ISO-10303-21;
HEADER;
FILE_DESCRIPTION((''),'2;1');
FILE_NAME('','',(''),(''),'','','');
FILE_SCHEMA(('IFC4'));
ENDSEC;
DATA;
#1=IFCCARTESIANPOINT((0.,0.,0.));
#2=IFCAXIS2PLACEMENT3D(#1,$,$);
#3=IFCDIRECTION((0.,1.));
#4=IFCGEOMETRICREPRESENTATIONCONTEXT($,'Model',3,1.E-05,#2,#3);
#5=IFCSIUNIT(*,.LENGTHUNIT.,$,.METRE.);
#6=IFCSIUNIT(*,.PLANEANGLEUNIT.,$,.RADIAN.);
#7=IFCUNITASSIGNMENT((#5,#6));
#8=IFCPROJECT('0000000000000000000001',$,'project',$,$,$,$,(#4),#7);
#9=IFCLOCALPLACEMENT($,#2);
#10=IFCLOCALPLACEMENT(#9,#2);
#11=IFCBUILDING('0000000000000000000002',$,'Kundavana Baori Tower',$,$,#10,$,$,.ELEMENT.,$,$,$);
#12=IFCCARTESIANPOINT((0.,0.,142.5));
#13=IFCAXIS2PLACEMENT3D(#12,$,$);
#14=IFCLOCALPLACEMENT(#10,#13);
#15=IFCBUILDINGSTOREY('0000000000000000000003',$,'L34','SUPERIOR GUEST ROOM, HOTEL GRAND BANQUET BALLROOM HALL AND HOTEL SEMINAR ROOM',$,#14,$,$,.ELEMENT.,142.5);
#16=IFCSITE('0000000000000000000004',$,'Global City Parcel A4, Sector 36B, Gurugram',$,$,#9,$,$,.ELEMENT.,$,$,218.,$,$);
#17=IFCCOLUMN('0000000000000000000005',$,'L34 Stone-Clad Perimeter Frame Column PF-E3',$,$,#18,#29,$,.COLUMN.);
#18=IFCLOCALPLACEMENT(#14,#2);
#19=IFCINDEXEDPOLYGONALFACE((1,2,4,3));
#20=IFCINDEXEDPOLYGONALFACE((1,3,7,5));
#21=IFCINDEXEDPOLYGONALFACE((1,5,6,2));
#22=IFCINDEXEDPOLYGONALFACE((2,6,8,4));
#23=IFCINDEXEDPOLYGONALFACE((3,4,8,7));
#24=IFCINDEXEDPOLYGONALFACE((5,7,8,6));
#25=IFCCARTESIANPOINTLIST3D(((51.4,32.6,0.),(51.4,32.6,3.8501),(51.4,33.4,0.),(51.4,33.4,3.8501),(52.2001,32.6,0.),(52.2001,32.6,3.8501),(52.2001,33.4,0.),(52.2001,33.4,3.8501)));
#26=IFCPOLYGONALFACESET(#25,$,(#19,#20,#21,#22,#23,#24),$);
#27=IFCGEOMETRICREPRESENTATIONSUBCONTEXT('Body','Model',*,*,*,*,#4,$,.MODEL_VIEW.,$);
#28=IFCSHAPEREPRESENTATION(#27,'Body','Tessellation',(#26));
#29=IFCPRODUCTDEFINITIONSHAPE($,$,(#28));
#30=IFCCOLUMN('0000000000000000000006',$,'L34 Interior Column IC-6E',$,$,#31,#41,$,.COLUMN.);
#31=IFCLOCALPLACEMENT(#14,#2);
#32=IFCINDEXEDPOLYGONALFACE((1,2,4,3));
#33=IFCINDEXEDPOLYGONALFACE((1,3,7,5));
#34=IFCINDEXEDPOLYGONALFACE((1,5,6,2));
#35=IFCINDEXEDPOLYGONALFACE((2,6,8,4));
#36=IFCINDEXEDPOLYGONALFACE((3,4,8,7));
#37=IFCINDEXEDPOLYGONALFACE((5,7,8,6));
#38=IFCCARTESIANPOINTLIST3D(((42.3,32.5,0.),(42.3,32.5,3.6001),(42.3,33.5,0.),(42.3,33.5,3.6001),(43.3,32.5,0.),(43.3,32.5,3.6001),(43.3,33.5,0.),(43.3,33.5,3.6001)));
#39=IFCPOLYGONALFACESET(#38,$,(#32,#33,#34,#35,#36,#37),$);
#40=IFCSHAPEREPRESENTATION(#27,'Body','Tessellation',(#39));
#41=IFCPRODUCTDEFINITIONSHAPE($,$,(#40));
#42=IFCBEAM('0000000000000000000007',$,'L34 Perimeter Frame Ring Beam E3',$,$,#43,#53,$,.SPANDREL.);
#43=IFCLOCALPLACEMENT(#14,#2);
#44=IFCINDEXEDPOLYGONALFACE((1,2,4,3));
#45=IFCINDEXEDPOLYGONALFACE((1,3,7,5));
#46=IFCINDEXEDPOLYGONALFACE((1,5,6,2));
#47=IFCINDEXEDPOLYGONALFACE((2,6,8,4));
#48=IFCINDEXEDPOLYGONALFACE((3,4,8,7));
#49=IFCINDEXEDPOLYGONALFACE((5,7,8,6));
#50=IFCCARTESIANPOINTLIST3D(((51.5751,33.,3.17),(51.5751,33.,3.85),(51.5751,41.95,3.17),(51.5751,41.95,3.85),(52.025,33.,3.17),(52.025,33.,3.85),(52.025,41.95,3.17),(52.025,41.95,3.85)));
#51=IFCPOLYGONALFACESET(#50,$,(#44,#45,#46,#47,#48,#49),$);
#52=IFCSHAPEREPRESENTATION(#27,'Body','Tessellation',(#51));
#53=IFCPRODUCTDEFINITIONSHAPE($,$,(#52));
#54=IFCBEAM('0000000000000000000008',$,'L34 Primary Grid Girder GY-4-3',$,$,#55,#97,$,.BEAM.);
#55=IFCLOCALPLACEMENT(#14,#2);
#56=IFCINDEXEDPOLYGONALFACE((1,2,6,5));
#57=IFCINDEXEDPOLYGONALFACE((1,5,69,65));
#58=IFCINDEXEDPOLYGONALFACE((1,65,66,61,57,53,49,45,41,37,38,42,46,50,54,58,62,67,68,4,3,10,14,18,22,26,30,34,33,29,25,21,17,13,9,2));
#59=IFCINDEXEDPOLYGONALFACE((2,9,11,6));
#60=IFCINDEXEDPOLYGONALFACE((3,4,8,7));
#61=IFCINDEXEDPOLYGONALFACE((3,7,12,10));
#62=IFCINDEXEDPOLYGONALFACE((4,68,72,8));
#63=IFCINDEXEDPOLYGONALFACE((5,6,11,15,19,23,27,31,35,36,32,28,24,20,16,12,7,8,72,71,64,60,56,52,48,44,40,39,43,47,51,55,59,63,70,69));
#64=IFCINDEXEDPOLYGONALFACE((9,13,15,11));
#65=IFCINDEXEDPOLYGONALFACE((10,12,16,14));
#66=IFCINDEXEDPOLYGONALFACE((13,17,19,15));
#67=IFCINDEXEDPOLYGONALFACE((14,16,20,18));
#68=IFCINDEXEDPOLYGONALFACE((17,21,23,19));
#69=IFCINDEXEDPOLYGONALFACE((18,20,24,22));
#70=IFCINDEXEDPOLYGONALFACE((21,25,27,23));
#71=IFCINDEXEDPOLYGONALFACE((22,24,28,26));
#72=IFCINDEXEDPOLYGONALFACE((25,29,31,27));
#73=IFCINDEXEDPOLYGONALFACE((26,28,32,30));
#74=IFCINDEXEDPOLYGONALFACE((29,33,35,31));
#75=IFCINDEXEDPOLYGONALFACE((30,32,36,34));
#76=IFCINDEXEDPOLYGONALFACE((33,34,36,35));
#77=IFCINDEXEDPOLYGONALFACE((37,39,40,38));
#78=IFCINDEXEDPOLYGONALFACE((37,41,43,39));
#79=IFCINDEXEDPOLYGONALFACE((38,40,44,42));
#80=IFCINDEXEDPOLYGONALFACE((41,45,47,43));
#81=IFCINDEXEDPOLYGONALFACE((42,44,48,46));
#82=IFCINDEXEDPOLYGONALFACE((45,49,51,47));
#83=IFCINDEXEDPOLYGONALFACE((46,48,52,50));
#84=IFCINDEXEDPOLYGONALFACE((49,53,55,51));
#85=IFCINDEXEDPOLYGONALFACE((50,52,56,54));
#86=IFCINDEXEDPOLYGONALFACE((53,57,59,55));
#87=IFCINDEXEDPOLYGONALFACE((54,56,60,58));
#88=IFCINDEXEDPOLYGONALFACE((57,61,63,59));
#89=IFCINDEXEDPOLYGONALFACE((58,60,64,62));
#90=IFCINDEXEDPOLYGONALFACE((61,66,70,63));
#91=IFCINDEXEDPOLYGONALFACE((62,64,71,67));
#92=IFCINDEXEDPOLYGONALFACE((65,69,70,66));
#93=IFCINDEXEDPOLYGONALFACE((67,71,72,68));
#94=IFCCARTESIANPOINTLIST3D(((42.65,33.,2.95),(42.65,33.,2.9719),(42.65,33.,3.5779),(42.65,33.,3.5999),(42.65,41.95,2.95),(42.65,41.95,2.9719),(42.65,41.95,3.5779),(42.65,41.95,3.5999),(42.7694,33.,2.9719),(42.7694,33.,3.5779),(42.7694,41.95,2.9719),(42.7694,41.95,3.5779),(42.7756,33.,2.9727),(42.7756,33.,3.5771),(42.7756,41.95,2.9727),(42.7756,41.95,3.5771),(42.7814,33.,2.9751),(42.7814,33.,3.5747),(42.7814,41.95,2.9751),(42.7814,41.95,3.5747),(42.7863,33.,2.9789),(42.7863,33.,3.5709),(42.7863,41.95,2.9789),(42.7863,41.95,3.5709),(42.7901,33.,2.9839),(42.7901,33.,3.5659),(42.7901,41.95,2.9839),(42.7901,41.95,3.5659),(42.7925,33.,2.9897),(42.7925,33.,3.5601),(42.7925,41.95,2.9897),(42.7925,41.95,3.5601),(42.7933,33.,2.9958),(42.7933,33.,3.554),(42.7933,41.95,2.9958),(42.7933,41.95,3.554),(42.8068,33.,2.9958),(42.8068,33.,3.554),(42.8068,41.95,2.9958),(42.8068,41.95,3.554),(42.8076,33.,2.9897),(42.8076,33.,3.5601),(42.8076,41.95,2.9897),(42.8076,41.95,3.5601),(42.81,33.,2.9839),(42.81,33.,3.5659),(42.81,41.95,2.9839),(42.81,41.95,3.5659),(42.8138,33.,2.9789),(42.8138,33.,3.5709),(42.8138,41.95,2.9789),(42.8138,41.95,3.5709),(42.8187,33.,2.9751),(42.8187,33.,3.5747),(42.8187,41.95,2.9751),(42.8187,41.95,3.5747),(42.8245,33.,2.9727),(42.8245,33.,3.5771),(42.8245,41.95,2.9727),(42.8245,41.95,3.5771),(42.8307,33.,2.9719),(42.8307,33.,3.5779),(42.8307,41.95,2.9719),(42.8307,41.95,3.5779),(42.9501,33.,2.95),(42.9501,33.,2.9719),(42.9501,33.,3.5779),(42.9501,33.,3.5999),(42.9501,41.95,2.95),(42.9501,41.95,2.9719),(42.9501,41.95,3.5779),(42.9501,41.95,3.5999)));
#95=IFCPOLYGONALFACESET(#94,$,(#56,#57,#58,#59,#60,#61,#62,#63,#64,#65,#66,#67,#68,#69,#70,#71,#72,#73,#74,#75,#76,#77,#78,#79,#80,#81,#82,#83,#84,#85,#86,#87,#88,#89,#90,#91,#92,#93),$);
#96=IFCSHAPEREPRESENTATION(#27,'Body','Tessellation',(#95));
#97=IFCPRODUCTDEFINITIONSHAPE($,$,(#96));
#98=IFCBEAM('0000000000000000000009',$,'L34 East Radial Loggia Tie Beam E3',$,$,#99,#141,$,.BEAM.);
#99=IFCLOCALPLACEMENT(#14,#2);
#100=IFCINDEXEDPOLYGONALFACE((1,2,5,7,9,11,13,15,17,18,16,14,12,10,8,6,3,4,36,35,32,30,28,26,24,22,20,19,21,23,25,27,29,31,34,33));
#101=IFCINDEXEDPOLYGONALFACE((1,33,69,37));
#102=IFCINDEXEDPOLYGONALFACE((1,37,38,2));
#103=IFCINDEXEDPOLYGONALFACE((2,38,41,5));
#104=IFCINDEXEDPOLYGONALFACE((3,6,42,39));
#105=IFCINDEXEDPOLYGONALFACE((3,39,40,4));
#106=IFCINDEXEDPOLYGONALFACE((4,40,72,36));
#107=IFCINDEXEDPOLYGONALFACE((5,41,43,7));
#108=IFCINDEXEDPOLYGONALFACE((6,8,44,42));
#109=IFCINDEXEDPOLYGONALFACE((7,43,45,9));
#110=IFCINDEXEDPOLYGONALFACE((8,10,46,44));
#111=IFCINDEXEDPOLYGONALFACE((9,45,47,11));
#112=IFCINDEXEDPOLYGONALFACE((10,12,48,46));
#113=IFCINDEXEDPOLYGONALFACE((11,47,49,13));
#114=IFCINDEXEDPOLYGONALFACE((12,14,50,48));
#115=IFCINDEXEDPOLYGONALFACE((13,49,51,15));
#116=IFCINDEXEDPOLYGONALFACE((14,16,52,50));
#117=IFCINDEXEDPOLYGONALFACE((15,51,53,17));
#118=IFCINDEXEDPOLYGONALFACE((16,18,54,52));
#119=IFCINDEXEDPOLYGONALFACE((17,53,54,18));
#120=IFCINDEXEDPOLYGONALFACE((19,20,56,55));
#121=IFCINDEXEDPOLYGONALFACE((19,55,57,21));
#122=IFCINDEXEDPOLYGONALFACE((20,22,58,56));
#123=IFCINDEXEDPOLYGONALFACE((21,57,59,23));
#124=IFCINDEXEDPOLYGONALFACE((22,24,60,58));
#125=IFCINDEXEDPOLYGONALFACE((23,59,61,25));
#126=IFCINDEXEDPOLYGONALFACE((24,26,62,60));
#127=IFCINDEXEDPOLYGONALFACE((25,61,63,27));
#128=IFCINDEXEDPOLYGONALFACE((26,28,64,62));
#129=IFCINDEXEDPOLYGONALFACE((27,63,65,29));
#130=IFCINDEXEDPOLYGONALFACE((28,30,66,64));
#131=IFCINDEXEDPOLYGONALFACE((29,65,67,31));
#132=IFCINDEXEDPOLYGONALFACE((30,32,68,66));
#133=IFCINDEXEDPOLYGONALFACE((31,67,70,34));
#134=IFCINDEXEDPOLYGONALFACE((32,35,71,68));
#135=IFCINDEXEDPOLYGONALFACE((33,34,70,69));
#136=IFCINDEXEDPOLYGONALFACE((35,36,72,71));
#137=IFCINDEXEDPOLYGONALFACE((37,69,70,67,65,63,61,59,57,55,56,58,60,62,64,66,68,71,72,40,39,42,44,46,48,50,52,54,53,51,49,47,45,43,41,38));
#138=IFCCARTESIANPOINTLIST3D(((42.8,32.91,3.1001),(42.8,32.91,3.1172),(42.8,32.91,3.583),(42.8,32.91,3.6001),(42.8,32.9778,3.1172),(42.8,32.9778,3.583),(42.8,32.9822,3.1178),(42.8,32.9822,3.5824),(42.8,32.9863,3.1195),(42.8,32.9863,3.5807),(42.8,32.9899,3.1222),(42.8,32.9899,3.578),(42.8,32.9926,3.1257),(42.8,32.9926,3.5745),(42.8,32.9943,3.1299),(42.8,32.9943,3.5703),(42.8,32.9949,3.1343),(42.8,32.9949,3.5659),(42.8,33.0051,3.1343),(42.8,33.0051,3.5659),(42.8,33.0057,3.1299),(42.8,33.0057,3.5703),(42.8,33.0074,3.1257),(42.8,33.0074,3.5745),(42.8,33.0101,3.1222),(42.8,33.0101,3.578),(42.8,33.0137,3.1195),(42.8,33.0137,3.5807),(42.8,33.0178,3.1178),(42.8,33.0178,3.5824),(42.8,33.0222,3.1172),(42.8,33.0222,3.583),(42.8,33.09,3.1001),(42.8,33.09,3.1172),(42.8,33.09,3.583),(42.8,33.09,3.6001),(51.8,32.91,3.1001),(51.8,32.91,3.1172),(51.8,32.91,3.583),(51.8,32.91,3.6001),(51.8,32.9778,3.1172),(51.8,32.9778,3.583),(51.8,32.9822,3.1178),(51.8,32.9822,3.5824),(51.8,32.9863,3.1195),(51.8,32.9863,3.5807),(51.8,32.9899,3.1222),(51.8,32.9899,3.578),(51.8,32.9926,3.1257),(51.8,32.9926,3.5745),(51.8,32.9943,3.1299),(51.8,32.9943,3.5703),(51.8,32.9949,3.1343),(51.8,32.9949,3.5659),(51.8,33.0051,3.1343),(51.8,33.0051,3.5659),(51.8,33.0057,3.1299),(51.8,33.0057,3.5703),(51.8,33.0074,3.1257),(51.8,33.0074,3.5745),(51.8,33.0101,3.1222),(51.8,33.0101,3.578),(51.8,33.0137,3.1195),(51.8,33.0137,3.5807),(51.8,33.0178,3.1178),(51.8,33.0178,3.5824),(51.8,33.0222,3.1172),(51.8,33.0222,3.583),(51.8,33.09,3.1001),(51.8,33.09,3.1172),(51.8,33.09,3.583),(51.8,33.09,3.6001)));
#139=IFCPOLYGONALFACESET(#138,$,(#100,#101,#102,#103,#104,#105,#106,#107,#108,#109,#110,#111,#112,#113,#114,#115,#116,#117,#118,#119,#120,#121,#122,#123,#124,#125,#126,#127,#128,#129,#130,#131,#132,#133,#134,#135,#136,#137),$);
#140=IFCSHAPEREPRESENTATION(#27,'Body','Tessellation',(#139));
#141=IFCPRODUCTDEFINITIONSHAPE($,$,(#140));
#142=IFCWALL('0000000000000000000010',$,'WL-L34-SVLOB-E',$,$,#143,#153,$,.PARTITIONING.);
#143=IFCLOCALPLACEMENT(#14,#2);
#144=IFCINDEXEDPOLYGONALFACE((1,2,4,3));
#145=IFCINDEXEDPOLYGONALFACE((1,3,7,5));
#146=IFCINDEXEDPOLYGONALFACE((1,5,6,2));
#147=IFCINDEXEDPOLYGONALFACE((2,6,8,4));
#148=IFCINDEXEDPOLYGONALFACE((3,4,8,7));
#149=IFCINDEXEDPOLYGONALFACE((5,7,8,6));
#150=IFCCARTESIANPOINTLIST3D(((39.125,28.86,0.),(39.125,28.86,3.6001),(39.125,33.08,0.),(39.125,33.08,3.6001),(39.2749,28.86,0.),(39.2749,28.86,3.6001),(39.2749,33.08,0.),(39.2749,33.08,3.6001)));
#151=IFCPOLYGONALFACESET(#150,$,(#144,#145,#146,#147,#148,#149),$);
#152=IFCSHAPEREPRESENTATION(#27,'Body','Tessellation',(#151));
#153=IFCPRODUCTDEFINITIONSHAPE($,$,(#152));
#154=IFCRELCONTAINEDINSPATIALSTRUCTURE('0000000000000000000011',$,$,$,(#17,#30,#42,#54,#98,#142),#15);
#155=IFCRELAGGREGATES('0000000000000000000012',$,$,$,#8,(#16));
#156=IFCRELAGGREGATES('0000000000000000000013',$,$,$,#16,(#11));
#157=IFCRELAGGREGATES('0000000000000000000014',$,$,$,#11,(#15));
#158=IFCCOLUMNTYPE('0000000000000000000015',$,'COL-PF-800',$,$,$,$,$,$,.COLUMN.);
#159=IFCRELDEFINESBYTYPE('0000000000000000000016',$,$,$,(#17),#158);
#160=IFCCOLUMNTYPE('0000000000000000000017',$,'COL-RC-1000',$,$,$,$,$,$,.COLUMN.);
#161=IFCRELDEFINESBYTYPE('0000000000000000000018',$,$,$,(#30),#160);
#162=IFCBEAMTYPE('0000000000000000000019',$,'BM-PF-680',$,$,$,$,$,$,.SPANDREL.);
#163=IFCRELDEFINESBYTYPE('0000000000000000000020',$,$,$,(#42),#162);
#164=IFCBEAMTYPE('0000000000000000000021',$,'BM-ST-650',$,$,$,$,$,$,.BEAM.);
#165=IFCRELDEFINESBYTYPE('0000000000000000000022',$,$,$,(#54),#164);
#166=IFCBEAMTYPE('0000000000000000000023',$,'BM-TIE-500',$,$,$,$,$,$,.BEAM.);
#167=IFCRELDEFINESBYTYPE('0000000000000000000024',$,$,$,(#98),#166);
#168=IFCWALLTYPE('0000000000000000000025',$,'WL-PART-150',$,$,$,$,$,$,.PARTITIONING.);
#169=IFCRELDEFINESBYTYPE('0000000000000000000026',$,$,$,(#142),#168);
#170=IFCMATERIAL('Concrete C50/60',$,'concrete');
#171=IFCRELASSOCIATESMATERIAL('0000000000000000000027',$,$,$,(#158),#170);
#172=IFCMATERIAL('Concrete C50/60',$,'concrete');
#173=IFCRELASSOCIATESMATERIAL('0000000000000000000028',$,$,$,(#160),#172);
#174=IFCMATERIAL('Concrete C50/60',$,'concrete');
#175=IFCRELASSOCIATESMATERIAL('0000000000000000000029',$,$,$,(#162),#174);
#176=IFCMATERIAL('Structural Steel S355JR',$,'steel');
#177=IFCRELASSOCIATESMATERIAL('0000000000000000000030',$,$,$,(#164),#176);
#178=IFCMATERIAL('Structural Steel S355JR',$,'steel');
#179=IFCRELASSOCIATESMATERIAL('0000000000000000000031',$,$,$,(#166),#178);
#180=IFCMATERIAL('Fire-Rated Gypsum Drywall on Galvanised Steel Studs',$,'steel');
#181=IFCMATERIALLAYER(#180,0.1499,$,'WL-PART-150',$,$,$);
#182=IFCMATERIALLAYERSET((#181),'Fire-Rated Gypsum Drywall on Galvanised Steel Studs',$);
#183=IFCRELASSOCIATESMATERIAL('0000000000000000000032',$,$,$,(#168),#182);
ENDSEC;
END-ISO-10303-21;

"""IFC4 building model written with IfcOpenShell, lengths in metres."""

from ifc_helpers import new_model, si_unit, direction, frame, frame_2d, origin, origin_2d, place, context, subcontext, project, spatial, rectangle, i_section, extrude, material, layer, layer_set, material_profile, profile_set, type_object, element, save


model = new_model("IFC4")

# Units and contexts
model_context = context("Model", 3, precision=1e-05, world=origin(), true_north=direction((0.0, 1.0)))
body_context = subcontext(model_context, "Body", "Model", "MODEL_VIEW")
ifc_project = project(units=[si_unit("LENGTHUNIT", "METRE"), si_unit("PLANEANGLEUNIT", "RADIAN")], contexts=[model_context])

# Site, building, storey
site_placement = place(None, origin())
site = spatial("IfcSite", under=ifc_project, at=site_placement, Name="Global City Parcel A4, Sector 36B, Gurugram", CompositionType="ELEMENT", RefElevation=218.0)
building_placement = place(site_placement, origin())
building = spatial("IfcBuilding", under=site, at=building_placement, Name="Kundavana Baori Tower", CompositionType="ELEMENT")
storey_placement = place(building_placement, frame((0.0, 0.0, 142.5)))
storey = spatial("IfcBuildingStorey", under=building, at=storey_placement, Name="L34", Description="SUPERIOR GUEST ROOM, HOTEL GRAND BANQUET BALLROOM HALL AND HOTEL SEMINAR ROOM", CompositionType="ELEMENT", Elevation=142.5)

# Columns
ifc_material_1 = material(Name="Concrete C50/60", Category="concrete")
ifc_material_profile_1 = material_profile(ifc_material_1, rectangle(XDim=0.8, YDim=0.8, at=origin_2d()), Name="RC PF 800x800")
ifc_profile_set_1 = profile_set([ifc_material_profile_1], Name="Concrete C50/60")
column_type_1 = type_object("IfcColumnType", Name="COL-PF-800", PredefinedType="COLUMN", material=ifc_profile_set_1)
column_1_placement = place(storey_placement, frame((51.8, 33.0, 0.0), z_axis=(0.0, 0.0, 1.0), x_axis=(1.0, 0.0, 0.0)))
element("IfcColumn", 1, at=column_1_placement, inside=storey, type_object=column_type_1, Name="L34 Stone-Clad Perimeter Frame Column PF-E3", PredefinedType="COLUMN", context=body_context, shape_type="SweptSolid", body=[
    extrude(rectangle(XDim=0.8, YDim=0.8, at=origin_2d()), origin(), (0.0, 0.0, 1.0), 3.8501),
])
ifc_material_2 = material(Name="Concrete C50/60", Category="concrete")
ifc_material_profile_2 = material_profile(ifc_material_2, rectangle(XDim=1.0, YDim=1.0, at=origin_2d()), Name="RC 1000x1000")
ifc_profile_set_2 = profile_set([ifc_material_profile_2], Name="Concrete C50/60")
column_type_2 = type_object("IfcColumnType", Name="COL-RC-1000", PredefinedType="COLUMN", material=ifc_profile_set_2)
column_2_placement = place(storey_placement, frame((42.8, 33.0, 0.0), z_axis=(0.0, 0.0, 1.0), x_axis=(1.0, 0.0, 0.0)))
element("IfcColumn", 2, at=column_2_placement, inside=storey, type_object=column_type_2, Name="L34 Interior Column IC-6E", PredefinedType="COLUMN", context=body_context, shape_type="SweptSolid", body=[
    extrude(rectangle(XDim=1.0, YDim=1.0, at=origin_2d()), origin(), (0.0, 0.0, 1.0), 3.6001),
])

# Beams
ifc_material_3 = material(Name="Concrete C50/60", Category="concrete")
ifc_material_profile_3 = material_profile(ifc_material_3, rectangle(XDim=0.45, YDim=0.6799, at=origin_2d()), Name="RC BM 450x680")
ifc_profile_set_3 = profile_set([ifc_material_profile_3], Name="Concrete C50/60")
beam_type_1 = type_object("IfcBeamType", Name="BM-PF-680", PredefinedType="SPANDREL", material=ifc_profile_set_3)
beam_1_placement = place(storey_placement, frame((51.8, 33.0, 3.51), z_axis=(0.0, 1.0, 0.0), x_axis=(-1.0, 0.0, 0.0)))
element("IfcBeam", 3, at=beam_1_placement, inside=storey, type_object=beam_type_1, Name="L34 Perimeter Frame Ring Beam E3", PredefinedType="SPANDREL", context=body_context, shape_type="SweptSolid", body=[
    extrude(rectangle(XDim=0.45, YDim=0.6799, at=origin_2d()), origin(), (0.0, 0.0, 1.0), 8.95),
])
ifc_material_4 = material(Name="Structural Steel S355JR", Category="steel")
ifc_material_profile_4 = material_profile(ifc_material_4, i_section(OverallWidth=0.3, OverallDepth=0.6499, WebThickness=0.0134, FlangeThickness=0.022, FilletRadius=0.0239, at=origin_2d()), Name="NPB 650x300x155")
ifc_profile_set_4 = profile_set([ifc_material_profile_4], Name="Structural Steel S355JR")
beam_type_2 = type_object("IfcBeamType", Name="BM-ST-650", PredefinedType="BEAM", material=ifc_profile_set_4)
beam_2_placement = place(storey_placement, frame((42.8, 33.0, 3.2749), z_axis=(0.0, 1.0, 0.0), x_axis=(-1.0, 0.0, 0.0)))
element("IfcBeam", 4, at=beam_2_placement, inside=storey, type_object=beam_type_2, Name="L34 Primary Grid Girder GY-4-3", PredefinedType="BEAM", context=body_context, shape_type="SweptSolid", body=[
    extrude(i_section(OverallWidth=0.3, OverallDepth=0.6499, WebThickness=0.0134, FlangeThickness=0.022, FilletRadius=0.0239, at=origin_2d()), origin(), (0.0, 0.0, 1.0), 8.95),
])
ifc_material_5 = material(Name="Structural Steel S355JR", Category="steel")
ifc_material_profile_5 = material_profile(ifc_material_5, i_section(OverallWidth=0.1799, OverallDepth=0.5, WebThickness=0.0103, FlangeThickness=0.0171, FilletRadius=0.0171, at=origin_2d()), Name="ISMB 500")
ifc_profile_set_5 = profile_set([ifc_material_profile_5], Name="Structural Steel S355JR")
beam_type_3 = type_object("IfcBeamType", Name="BM-TIE-500", PredefinedType="BEAM", material=ifc_profile_set_5)
beam_3_placement = place(storey_placement, frame((42.8, 33.0, 3.3501), z_axis=(1.0, 0.0, 0.0), x_axis=(0.0, 1.0, 0.0)))
element("IfcBeam", 5, at=beam_3_placement, inside=storey, type_object=beam_type_3, Name="L34 East Radial Loggia Tie Beam E3", PredefinedType="BEAM", context=body_context, shape_type="SweptSolid", body=[
    extrude(i_section(OverallWidth=0.1799, OverallDepth=0.5, WebThickness=0.0103, FlangeThickness=0.0171, FilletRadius=0.0171, at=origin_2d()), origin(), (0.0, 0.0, 1.0), 9.0),
])

# Wall
ifc_material_6 = material(Name="Fire-Rated Gypsum Drywall on Galvanised Steel Studs", Category="steel")
ifc_layer_1 = layer(ifc_material_6, 0.1499, Name="WL-PART-150")
ifc_layer_set_1 = layer_set([ifc_layer_1], Name="Fire-Rated Gypsum Drywall on Galvanised Steel Studs")
wall_type_1 = type_object("IfcWallType", Name="WL-PART-150", PredefinedType="PARTITIONING", material=ifc_layer_set_1)
wall_1_placement = place(storey_placement, frame((39.2, 28.8601, 0.0), z_axis=(0.0, 0.0, 1.0), x_axis=(0.0, 1.0, 0.0)))
element("IfcWall", 6, at=wall_1_placement, inside=storey, type_object=wall_type_1, Name="WL-L34-SVLOB-E", PredefinedType="PARTITIONING", context=body_context, shape_type="SweptSolid", body=[
    extrude(rectangle(XDim=4.22, YDim=0.1499, at=frame_2d((2.1099, 0.0))), origin(), (0.0, 0.0, 1.0), 3.6001),
])

save(model, "model.ifc")
